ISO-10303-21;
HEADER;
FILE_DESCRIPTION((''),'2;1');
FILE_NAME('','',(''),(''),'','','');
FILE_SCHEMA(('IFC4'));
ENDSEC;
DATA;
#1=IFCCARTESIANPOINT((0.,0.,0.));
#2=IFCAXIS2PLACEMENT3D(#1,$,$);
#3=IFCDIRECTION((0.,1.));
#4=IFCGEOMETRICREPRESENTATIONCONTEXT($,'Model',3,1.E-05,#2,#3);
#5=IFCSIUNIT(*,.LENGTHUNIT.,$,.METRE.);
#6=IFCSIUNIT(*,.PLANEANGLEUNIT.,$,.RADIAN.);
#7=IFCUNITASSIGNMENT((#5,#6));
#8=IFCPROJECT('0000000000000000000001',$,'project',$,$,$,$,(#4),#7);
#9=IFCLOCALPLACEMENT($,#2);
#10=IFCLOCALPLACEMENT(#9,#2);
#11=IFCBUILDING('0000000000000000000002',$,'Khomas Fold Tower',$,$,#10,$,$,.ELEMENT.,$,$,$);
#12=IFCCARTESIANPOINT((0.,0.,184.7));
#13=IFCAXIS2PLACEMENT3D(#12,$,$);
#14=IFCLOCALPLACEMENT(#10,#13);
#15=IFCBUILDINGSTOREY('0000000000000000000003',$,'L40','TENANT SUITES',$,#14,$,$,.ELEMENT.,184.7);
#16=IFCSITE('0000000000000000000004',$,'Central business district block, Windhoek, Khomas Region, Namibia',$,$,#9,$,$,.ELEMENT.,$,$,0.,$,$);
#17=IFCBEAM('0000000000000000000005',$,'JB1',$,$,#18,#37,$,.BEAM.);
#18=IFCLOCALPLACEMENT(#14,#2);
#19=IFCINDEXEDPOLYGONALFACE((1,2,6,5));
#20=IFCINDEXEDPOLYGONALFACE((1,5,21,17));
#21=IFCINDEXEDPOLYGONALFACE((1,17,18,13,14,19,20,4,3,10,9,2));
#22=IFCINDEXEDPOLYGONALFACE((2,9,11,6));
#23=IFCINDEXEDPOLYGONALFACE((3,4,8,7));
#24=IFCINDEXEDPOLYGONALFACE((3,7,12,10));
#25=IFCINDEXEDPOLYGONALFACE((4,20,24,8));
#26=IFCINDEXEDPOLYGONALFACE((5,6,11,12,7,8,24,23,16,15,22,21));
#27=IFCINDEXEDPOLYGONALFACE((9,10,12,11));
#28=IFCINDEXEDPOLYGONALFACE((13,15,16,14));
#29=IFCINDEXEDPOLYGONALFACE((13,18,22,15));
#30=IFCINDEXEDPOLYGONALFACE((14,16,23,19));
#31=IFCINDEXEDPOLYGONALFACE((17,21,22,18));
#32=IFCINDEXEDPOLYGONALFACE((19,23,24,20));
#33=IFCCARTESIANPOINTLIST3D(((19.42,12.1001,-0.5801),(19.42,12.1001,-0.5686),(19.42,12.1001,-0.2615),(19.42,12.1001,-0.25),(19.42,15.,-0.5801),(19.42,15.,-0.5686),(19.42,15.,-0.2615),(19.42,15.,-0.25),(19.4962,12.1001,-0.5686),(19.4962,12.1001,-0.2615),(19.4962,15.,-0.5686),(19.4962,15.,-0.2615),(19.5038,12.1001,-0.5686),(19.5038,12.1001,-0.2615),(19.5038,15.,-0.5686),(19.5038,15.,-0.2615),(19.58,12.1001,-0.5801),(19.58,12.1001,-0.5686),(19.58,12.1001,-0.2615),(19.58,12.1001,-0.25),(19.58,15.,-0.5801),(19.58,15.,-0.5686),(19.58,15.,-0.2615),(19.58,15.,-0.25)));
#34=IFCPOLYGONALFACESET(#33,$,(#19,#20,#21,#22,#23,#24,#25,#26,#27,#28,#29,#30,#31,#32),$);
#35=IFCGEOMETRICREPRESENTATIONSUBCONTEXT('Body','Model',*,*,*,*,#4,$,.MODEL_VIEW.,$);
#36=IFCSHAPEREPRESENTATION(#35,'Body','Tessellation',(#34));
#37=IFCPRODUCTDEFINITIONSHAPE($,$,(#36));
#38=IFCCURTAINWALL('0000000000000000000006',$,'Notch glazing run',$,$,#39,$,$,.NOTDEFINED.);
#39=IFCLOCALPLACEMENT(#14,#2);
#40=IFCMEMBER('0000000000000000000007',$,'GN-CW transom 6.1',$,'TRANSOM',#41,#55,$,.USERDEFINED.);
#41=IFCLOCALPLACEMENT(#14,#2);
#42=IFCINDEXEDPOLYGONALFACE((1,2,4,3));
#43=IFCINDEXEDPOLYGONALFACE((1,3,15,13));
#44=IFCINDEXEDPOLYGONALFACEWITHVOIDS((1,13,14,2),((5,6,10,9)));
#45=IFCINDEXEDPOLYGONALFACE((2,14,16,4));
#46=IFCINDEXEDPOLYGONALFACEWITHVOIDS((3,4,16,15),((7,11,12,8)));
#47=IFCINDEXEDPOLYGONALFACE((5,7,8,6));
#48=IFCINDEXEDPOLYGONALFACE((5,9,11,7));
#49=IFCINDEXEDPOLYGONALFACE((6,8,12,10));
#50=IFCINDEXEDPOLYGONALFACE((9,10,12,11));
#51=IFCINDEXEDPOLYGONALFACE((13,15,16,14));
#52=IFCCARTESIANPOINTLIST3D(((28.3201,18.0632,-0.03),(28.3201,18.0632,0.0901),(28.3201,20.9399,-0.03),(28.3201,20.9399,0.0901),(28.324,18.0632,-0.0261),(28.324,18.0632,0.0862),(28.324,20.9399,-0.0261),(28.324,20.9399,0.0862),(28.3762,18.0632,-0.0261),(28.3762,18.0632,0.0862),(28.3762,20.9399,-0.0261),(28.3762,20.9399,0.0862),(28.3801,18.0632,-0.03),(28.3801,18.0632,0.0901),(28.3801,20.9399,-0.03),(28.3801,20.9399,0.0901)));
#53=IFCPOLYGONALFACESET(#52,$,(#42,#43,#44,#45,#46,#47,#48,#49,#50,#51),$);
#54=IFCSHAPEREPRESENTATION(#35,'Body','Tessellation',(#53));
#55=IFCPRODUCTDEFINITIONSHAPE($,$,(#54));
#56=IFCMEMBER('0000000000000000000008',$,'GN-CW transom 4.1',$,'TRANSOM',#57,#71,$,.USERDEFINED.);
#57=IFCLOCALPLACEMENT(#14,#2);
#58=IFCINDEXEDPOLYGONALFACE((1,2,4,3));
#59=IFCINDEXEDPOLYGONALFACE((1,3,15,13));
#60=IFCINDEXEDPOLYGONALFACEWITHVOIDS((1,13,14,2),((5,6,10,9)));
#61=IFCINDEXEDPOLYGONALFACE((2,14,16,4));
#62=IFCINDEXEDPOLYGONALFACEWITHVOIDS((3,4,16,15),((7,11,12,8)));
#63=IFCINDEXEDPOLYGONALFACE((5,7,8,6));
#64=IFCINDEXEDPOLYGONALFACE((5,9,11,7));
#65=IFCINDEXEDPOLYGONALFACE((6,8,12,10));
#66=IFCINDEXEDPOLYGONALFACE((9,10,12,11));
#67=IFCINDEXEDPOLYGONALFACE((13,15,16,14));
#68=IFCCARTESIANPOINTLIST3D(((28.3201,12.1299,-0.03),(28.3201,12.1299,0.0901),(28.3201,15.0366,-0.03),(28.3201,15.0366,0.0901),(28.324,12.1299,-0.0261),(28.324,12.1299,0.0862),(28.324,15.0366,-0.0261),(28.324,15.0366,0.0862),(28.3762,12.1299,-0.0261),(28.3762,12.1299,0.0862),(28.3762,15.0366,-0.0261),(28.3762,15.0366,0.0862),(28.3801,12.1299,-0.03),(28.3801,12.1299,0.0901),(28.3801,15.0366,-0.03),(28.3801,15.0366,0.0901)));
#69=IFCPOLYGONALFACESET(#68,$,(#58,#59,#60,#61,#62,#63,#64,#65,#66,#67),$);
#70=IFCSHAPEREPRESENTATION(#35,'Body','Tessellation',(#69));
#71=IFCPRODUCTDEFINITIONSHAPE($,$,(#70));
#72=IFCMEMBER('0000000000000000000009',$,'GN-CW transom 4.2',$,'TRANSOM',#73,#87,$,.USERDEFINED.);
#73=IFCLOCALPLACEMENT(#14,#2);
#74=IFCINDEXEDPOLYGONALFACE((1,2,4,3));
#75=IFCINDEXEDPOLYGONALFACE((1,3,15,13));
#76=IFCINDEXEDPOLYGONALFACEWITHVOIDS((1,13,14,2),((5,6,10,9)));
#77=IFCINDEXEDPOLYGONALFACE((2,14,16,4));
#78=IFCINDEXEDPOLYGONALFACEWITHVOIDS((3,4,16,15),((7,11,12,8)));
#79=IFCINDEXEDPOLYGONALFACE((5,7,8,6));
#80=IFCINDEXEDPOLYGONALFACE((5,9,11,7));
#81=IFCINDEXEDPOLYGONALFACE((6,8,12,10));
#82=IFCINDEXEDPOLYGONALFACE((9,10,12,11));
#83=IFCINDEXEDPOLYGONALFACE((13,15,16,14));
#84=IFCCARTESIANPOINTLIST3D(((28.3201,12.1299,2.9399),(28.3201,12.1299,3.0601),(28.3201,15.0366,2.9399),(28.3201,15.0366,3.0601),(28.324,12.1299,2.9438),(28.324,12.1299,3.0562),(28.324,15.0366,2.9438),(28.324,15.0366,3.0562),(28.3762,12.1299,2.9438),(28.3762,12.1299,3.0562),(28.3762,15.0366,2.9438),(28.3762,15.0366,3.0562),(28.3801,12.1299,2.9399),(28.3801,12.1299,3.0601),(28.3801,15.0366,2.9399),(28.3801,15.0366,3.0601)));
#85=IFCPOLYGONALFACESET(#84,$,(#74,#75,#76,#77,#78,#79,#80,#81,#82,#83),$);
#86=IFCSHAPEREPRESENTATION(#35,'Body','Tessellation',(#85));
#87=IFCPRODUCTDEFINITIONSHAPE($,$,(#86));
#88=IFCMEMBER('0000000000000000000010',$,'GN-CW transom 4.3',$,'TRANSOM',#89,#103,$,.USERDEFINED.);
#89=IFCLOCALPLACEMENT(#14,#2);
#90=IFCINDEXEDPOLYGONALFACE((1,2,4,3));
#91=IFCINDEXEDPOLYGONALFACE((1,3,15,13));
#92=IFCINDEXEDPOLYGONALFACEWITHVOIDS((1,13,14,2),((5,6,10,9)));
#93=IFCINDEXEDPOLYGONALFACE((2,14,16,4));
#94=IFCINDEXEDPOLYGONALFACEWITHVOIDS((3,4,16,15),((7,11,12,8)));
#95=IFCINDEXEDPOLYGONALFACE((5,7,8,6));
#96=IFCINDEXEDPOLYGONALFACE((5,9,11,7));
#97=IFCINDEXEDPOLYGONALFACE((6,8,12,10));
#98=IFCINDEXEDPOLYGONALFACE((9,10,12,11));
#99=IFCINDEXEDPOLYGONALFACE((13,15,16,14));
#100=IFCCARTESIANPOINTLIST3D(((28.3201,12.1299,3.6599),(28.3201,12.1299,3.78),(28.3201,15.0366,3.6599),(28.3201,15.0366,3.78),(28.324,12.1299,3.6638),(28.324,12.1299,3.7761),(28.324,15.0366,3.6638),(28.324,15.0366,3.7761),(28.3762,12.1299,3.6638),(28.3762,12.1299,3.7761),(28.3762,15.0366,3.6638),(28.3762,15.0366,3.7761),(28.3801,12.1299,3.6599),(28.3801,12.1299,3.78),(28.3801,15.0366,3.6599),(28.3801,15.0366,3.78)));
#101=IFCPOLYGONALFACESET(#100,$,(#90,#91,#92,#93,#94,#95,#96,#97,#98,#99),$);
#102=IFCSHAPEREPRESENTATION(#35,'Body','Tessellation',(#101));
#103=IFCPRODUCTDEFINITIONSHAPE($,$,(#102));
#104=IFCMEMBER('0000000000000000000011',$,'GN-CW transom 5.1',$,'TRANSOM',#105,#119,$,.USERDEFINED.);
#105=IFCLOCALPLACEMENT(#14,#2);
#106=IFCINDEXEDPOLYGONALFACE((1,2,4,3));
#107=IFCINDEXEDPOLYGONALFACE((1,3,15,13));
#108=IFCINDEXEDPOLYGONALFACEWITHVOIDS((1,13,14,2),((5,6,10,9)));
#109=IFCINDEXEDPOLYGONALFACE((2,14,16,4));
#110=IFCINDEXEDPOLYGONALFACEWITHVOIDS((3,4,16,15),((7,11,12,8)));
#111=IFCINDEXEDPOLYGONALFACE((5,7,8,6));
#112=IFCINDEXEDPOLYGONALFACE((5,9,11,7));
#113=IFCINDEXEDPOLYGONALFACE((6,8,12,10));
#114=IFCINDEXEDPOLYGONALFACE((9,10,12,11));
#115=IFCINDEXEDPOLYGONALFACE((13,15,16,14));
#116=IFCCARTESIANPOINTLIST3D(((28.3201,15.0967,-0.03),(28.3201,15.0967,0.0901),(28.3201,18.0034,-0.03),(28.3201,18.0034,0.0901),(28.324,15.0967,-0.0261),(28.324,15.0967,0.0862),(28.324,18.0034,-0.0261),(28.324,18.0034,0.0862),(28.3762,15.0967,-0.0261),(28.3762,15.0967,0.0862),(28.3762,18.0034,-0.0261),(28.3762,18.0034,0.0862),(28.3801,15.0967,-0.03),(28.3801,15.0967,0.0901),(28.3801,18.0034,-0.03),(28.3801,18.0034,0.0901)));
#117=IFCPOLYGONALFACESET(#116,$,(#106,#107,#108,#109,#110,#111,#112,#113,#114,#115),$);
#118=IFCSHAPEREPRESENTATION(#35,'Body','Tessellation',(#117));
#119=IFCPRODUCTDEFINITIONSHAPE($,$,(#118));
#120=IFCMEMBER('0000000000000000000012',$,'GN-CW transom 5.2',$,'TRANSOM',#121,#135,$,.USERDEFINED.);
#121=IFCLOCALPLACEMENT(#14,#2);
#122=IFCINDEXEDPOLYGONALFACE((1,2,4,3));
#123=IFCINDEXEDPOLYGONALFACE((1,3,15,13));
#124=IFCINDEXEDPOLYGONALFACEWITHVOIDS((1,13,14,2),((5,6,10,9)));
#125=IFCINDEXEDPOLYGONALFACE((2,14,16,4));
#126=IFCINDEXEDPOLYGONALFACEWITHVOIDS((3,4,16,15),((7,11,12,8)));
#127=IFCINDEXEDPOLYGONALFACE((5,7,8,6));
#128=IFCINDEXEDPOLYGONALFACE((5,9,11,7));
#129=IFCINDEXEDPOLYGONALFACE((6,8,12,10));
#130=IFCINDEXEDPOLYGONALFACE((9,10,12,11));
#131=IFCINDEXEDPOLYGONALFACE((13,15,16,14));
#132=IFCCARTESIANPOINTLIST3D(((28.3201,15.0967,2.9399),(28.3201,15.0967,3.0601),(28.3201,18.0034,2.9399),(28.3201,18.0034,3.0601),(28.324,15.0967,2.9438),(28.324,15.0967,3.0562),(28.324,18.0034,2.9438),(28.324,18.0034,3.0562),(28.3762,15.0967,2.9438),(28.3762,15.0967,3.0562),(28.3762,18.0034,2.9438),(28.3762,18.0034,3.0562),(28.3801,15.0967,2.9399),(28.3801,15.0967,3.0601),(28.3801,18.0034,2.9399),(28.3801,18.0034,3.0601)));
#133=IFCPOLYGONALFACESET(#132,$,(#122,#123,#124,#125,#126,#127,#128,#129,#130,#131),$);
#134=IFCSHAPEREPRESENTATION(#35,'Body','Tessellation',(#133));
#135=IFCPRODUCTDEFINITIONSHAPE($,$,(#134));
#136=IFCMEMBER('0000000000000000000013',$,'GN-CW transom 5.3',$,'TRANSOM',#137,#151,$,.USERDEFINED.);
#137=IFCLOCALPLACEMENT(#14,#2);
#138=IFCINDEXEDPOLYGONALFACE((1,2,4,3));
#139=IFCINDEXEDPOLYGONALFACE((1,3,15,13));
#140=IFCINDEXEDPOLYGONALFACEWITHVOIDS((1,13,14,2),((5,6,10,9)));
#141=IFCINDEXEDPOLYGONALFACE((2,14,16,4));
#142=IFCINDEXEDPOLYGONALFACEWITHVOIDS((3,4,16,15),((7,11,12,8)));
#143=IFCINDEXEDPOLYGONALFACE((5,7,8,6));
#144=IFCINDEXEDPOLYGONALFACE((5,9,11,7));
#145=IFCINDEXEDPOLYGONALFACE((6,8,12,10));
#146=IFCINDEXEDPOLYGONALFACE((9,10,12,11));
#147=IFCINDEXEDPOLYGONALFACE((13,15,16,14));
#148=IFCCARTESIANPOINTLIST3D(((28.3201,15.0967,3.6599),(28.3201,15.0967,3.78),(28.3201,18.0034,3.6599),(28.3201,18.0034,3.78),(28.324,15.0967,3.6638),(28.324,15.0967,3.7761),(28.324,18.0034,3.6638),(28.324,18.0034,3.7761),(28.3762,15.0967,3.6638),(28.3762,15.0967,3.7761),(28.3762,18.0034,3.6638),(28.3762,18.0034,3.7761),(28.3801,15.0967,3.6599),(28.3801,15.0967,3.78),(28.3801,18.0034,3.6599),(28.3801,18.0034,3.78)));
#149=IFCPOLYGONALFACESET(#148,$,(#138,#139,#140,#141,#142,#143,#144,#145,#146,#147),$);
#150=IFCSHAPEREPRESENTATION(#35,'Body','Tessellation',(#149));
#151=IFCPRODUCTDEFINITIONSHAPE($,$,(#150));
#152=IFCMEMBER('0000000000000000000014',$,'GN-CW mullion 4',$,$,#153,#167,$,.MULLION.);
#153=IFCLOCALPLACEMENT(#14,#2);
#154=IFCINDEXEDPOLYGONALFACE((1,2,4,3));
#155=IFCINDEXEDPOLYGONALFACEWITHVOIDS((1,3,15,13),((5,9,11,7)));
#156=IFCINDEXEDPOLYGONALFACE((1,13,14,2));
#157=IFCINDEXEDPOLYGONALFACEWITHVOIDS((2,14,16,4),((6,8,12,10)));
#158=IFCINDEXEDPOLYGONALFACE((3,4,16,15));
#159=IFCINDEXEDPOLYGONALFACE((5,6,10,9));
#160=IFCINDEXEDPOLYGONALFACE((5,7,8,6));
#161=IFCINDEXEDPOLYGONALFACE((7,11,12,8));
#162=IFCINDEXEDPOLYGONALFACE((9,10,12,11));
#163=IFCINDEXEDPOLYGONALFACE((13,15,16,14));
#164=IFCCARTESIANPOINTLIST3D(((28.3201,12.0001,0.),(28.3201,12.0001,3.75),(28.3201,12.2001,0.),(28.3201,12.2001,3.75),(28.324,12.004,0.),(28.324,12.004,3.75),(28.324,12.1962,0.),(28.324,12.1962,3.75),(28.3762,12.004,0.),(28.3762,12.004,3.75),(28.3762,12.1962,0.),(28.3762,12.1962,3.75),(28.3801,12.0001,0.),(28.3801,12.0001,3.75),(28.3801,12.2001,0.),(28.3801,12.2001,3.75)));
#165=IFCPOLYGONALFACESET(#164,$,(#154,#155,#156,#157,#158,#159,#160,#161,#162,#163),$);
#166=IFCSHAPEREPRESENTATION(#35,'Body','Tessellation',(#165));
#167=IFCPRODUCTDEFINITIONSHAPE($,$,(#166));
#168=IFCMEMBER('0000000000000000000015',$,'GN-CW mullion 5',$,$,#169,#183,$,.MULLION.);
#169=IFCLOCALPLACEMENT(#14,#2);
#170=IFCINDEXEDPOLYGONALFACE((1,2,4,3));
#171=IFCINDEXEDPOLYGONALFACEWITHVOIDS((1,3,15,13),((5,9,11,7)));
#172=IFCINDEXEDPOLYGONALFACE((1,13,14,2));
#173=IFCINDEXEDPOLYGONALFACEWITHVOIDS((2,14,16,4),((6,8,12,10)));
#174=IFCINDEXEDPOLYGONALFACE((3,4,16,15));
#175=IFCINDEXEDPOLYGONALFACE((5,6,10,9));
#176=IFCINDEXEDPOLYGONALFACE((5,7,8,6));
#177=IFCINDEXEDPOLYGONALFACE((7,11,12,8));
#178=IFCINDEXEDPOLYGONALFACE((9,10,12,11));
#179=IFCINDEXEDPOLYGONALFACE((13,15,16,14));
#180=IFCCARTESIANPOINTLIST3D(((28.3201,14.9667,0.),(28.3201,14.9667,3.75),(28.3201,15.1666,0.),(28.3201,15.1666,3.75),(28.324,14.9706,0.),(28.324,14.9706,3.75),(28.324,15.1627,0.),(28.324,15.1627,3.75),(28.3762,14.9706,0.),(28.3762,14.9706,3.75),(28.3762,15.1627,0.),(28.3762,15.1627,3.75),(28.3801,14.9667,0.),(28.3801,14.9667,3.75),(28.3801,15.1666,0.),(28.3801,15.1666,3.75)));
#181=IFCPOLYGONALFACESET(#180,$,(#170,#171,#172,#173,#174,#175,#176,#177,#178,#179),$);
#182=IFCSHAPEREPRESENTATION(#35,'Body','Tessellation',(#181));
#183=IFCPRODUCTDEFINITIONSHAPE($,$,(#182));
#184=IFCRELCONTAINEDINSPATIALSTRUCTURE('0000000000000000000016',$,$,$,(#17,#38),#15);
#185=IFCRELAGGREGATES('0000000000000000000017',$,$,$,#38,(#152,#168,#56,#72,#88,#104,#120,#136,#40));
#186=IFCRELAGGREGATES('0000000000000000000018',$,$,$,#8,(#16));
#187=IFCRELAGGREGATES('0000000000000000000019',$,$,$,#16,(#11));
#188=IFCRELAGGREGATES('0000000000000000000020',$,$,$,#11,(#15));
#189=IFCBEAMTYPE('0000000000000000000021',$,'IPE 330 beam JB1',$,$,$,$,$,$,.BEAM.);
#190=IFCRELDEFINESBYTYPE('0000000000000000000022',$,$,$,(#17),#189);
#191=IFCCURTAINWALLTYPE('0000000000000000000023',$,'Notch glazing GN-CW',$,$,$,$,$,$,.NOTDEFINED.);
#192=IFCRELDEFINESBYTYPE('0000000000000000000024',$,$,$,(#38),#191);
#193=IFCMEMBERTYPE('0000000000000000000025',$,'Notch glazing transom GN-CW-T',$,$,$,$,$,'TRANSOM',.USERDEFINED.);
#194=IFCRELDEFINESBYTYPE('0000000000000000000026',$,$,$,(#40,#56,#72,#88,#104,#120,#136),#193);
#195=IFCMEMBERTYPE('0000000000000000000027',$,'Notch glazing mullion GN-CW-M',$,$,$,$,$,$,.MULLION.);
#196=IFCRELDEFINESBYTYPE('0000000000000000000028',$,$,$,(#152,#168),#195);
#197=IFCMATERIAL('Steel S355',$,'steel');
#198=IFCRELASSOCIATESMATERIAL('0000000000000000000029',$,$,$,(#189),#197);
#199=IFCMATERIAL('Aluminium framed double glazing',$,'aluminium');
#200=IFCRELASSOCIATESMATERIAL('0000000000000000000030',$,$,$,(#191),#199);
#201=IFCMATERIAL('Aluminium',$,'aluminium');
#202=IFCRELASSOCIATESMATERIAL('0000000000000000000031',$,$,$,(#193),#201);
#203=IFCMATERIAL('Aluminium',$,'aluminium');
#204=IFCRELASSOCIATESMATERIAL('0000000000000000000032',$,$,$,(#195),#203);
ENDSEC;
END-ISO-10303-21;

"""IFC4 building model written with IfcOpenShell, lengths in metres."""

from ifc_helpers import new_model, si_unit, direction, frame, origin, origin_2d, place, context, subcontext, project, spatial, hollow_rectangle, i_section, extrude, source, transform, mapped, material, material_profile, profile_set, type_object, element, aggregate, save


model = new_model("IFC4")

# Units and contexts
model_context = context("Model", 3, precision=1e-05, world=origin(), true_north=direction((0.0, 1.0)))
body_context = subcontext(model_context, "Body", "Model", "MODEL_VIEW")
ifc_project = project(units=[si_unit("LENGTHUNIT", "METRE"), si_unit("PLANEANGLEUNIT", "RADIAN")], contexts=[model_context])

# Site, building, storey
site_placement = place(None, origin())
site = spatial("IfcSite", under=ifc_project, at=site_placement, Name="Central business district block, Windhoek, Khomas Region, Namibia", CompositionType="ELEMENT", RefElevation=0.0)
building_placement = place(site_placement, origin())
building = spatial("IfcBuilding", under=site, at=building_placement, Name="Khomas Fold Tower", CompositionType="ELEMENT")
storey_placement = place(building_placement, frame((0.0, 0.0, 184.7)))
storey = spatial("IfcBuildingStorey", under=building, at=storey_placement, Name="L40", Description="TENANT SUITES", CompositionType="ELEMENT", Elevation=184.7)

# Beam
ifc_material_1 = material(Name="Steel S355", Category="steel")
ifc_material_profile_1 = material_profile(ifc_material_1, i_section(OverallWidth=0.1599, OverallDepth=0.3301, WebThickness=0.0076, FlangeThickness=0.0115, at=origin_2d()), Name="IPE 330")
ifc_profile_set_1 = profile_set([ifc_material_profile_1], Name="Steel S355")
beam_type = type_object("IfcBeamType", Name="IPE 330 beam JB1", PredefinedType="BEAM", material=ifc_profile_set_1)
shared_shape_1 = source(origin(), body_context, "Body", "SweptSolid", [
    extrude(i_section(OverallWidth=0.1599, OverallDepth=0.3301, WebThickness=0.0076, FlangeThickness=0.0115, at=origin_2d()), origin(), (0.0, 0.0, 1.0), 2.8999),
])
beam_placement = place(storey_placement, frame((19.5, 12.1001, -0.415), z_axis=(0.0, 1.0, 0.0), x_axis=(-1.0, 0.0, 0.0)))
element("IfcBeam", 1, at=beam_placement, inside=storey, type_object=beam_type, Name="JB1", PredefinedType="BEAM", context=body_context, shape_type="MappedRepresentation", body=[
    mapped(shared_shape_1, transform((0.0, 0.0, 0.0))),
])

# Curtain wall, members
ifc_material_2 = material(Name="Aluminium framed double glazing", Category="aluminium")
curtain_wall_type = type_object("IfcCurtainWallType", Name="Notch glazing GN-CW", PredefinedType="NOTDEFINED", material=ifc_material_2)
curtain_wall_placement = place(storey_placement, origin())
curtain_wall = element("IfcCurtainWall", 2, at=curtain_wall_placement, inside=storey, type_object=curtain_wall_type, Name="Notch glazing run", PredefinedType="NOTDEFINED")
ifc_material_3 = material(Name="Aluminium", Category="aluminium")
ifc_material_profile_2 = material_profile(ifc_material_3, hollow_rectangle(XDim=0.0601, YDim=0.1201, WallThickness=0.0039, at=origin_2d()), Name="Notch glazing transom GN-CW-T")
ifc_profile_set_2 = profile_set([ifc_material_profile_2], Name="Aluminium")
member_type_1 = type_object("IfcMemberType", Name="Notch glazing transom GN-CW-T", ElementType="TRANSOM", PredefinedType="USERDEFINED", material=ifc_profile_set_2)
shared_shape_2 = source(origin(), body_context, "Body", "SweptSolid", [
    extrude(hollow_rectangle(XDim=0.0601, YDim=0.1201, WallThickness=0.0039, at=origin_2d()), origin(), (0.0, 0.0, 1.0), 2.8767),
])
member_1_placement = place(storey_placement, frame((28.3501, 18.0632, 0.03), z_axis=(0.0, 1.0, 0.0), x_axis=(-1.0, 0.0, 0.0)))
member_1 = element("IfcMember", 3, at=member_1_placement, type_object=member_type_1, Name="GN-CW transom 6.1", ObjectType="TRANSOM", PredefinedType="USERDEFINED", context=body_context, shape_type="MappedRepresentation", body=[
    mapped(shared_shape_2, transform((0.0, 0.0, 0.0))),
])
shared_shape_3 = source(origin(), body_context, "Body", "SweptSolid", [
    extrude(hollow_rectangle(XDim=0.0601, YDim=0.1201, WallThickness=0.0039, at=origin_2d()), origin(), (0.0, 0.0, 1.0), 2.9067),
])
member_2_placement = place(storey_placement, frame((28.3501, 12.1299, 0.03), z_axis=(0.0, 1.0, 0.0), x_axis=(-1.0, 0.0, 0.0)))
member_2 = element("IfcMember", 4, at=member_2_placement, type_object=member_type_1, Name="GN-CW transom 4.1", ObjectType="TRANSOM", PredefinedType="USERDEFINED", context=body_context, shape_type="MappedRepresentation", body=[
    mapped(shared_shape_3, transform((0.0, 0.0, 0.0))),
])
member_3_placement = place(storey_placement, frame((28.3501, 12.1299, 3.0), z_axis=(0.0, 1.0, 0.0), x_axis=(-1.0, 0.0, 0.0)))
member_3 = element("IfcMember", 5, at=member_3_placement, type_object=member_type_1, Name="GN-CW transom 4.2", ObjectType="TRANSOM", PredefinedType="USERDEFINED", context=body_context, shape_type="MappedRepresentation", body=[
    mapped(shared_shape_3, transform((0.0, 0.0, 0.0))),
])
member_4_placement = place(storey_placement, frame((28.3501, 12.1299, 3.72), z_axis=(0.0, 1.0, 0.0), x_axis=(-1.0, 0.0, 0.0)))
member_4 = element("IfcMember", 6, at=member_4_placement, type_object=member_type_1, Name="GN-CW transom 4.3", ObjectType="TRANSOM", PredefinedType="USERDEFINED", context=body_context, shape_type="MappedRepresentation", body=[
    mapped(shared_shape_3, transform((0.0, 0.0, 0.0))),
])
member_5_placement = place(storey_placement, frame((28.3501, 15.0967, 0.03), z_axis=(0.0, 1.0, 0.0), x_axis=(-1.0, 0.0, 0.0)))
member_5 = element("IfcMember", 7, at=member_5_placement, type_object=member_type_1, Name="GN-CW transom 5.1", ObjectType="TRANSOM", PredefinedType="USERDEFINED", context=body_context, shape_type="MappedRepresentation", body=[
    mapped(shared_shape_3, transform((0.0, 0.0, 0.0))),
])
member_6_placement = place(storey_placement, frame((28.3501, 15.0967, 3.0), z_axis=(0.0, 1.0, 0.0), x_axis=(-1.0, 0.0, 0.0)))
member_6 = element("IfcMember", 8, at=member_6_placement, type_object=member_type_1, Name="GN-CW transom 5.2", ObjectType="TRANSOM", PredefinedType="USERDEFINED", context=body_context, shape_type="MappedRepresentation", body=[
    mapped(shared_shape_3, transform((0.0, 0.0, 0.0))),
])
member_7_placement = place(storey_placement, frame((28.3501, 15.0967, 3.72), z_axis=(0.0, 1.0, 0.0), x_axis=(-1.0, 0.0, 0.0)))
member_7 = element("IfcMember", 9, at=member_7_placement, type_object=member_type_1, Name="GN-CW transom 5.3", ObjectType="TRANSOM", PredefinedType="USERDEFINED", context=body_context, shape_type="MappedRepresentation", body=[
    mapped(shared_shape_3, transform((0.0, 0.0, 0.0))),
])
ifc_material_4 = material(Name="Aluminium", Category="aluminium")
ifc_material_profile_3 = material_profile(ifc_material_4, hollow_rectangle(XDim=0.0601, YDim=0.2, WallThickness=0.0039, at=origin_2d()), Name="Notch glazing mullion GN-CW-M")
ifc_profile_set_3 = profile_set([ifc_material_profile_3], Name="Aluminium")
member_type_2 = type_object("IfcMemberType", Name="Notch glazing mullion GN-CW-M", PredefinedType="MULLION", material=ifc_profile_set_3)
shared_shape_4 = source(origin(), body_context, "Body", "SweptSolid", [
    extrude(hollow_rectangle(XDim=0.0601, YDim=0.2, WallThickness=0.0039, at=origin_2d()), origin(), (0.0, 0.0, 1.0), 3.75),
])
member_8_placement = place(storey_placement, frame((28.3501, 12.1001, 0.0), z_axis=(0.0, 0.0, 1.0), x_axis=(-1.0, 0.0, 0.0)))
member_8 = element("IfcMember", 10, at=member_8_placement, type_object=member_type_2, Name="GN-CW mullion 4", PredefinedType="MULLION", context=body_context, shape_type="MappedRepresentation", body=[
    mapped(shared_shape_4, transform((0.0, 0.0, 0.0))),
])
member_9_placement = place(storey_placement, frame((28.3501, 15.0667, 0.0), z_axis=(0.0, 0.0, 1.0), x_axis=(-1.0, 0.0, 0.0)))
member_9 = element("IfcMember", 11, at=member_9_placement, type_object=member_type_2, Name="GN-CW mullion 5", PredefinedType="MULLION", context=body_context, shape_type="MappedRepresentation", body=[
    mapped(shared_shape_4, transform((0.0, 0.0, 0.0))),
])
aggregate(curtain_wall, [member_8, member_9, member_2, member_3, member_4, member_5, member_6, member_7, member_1])

save(model, "model.ifc")
